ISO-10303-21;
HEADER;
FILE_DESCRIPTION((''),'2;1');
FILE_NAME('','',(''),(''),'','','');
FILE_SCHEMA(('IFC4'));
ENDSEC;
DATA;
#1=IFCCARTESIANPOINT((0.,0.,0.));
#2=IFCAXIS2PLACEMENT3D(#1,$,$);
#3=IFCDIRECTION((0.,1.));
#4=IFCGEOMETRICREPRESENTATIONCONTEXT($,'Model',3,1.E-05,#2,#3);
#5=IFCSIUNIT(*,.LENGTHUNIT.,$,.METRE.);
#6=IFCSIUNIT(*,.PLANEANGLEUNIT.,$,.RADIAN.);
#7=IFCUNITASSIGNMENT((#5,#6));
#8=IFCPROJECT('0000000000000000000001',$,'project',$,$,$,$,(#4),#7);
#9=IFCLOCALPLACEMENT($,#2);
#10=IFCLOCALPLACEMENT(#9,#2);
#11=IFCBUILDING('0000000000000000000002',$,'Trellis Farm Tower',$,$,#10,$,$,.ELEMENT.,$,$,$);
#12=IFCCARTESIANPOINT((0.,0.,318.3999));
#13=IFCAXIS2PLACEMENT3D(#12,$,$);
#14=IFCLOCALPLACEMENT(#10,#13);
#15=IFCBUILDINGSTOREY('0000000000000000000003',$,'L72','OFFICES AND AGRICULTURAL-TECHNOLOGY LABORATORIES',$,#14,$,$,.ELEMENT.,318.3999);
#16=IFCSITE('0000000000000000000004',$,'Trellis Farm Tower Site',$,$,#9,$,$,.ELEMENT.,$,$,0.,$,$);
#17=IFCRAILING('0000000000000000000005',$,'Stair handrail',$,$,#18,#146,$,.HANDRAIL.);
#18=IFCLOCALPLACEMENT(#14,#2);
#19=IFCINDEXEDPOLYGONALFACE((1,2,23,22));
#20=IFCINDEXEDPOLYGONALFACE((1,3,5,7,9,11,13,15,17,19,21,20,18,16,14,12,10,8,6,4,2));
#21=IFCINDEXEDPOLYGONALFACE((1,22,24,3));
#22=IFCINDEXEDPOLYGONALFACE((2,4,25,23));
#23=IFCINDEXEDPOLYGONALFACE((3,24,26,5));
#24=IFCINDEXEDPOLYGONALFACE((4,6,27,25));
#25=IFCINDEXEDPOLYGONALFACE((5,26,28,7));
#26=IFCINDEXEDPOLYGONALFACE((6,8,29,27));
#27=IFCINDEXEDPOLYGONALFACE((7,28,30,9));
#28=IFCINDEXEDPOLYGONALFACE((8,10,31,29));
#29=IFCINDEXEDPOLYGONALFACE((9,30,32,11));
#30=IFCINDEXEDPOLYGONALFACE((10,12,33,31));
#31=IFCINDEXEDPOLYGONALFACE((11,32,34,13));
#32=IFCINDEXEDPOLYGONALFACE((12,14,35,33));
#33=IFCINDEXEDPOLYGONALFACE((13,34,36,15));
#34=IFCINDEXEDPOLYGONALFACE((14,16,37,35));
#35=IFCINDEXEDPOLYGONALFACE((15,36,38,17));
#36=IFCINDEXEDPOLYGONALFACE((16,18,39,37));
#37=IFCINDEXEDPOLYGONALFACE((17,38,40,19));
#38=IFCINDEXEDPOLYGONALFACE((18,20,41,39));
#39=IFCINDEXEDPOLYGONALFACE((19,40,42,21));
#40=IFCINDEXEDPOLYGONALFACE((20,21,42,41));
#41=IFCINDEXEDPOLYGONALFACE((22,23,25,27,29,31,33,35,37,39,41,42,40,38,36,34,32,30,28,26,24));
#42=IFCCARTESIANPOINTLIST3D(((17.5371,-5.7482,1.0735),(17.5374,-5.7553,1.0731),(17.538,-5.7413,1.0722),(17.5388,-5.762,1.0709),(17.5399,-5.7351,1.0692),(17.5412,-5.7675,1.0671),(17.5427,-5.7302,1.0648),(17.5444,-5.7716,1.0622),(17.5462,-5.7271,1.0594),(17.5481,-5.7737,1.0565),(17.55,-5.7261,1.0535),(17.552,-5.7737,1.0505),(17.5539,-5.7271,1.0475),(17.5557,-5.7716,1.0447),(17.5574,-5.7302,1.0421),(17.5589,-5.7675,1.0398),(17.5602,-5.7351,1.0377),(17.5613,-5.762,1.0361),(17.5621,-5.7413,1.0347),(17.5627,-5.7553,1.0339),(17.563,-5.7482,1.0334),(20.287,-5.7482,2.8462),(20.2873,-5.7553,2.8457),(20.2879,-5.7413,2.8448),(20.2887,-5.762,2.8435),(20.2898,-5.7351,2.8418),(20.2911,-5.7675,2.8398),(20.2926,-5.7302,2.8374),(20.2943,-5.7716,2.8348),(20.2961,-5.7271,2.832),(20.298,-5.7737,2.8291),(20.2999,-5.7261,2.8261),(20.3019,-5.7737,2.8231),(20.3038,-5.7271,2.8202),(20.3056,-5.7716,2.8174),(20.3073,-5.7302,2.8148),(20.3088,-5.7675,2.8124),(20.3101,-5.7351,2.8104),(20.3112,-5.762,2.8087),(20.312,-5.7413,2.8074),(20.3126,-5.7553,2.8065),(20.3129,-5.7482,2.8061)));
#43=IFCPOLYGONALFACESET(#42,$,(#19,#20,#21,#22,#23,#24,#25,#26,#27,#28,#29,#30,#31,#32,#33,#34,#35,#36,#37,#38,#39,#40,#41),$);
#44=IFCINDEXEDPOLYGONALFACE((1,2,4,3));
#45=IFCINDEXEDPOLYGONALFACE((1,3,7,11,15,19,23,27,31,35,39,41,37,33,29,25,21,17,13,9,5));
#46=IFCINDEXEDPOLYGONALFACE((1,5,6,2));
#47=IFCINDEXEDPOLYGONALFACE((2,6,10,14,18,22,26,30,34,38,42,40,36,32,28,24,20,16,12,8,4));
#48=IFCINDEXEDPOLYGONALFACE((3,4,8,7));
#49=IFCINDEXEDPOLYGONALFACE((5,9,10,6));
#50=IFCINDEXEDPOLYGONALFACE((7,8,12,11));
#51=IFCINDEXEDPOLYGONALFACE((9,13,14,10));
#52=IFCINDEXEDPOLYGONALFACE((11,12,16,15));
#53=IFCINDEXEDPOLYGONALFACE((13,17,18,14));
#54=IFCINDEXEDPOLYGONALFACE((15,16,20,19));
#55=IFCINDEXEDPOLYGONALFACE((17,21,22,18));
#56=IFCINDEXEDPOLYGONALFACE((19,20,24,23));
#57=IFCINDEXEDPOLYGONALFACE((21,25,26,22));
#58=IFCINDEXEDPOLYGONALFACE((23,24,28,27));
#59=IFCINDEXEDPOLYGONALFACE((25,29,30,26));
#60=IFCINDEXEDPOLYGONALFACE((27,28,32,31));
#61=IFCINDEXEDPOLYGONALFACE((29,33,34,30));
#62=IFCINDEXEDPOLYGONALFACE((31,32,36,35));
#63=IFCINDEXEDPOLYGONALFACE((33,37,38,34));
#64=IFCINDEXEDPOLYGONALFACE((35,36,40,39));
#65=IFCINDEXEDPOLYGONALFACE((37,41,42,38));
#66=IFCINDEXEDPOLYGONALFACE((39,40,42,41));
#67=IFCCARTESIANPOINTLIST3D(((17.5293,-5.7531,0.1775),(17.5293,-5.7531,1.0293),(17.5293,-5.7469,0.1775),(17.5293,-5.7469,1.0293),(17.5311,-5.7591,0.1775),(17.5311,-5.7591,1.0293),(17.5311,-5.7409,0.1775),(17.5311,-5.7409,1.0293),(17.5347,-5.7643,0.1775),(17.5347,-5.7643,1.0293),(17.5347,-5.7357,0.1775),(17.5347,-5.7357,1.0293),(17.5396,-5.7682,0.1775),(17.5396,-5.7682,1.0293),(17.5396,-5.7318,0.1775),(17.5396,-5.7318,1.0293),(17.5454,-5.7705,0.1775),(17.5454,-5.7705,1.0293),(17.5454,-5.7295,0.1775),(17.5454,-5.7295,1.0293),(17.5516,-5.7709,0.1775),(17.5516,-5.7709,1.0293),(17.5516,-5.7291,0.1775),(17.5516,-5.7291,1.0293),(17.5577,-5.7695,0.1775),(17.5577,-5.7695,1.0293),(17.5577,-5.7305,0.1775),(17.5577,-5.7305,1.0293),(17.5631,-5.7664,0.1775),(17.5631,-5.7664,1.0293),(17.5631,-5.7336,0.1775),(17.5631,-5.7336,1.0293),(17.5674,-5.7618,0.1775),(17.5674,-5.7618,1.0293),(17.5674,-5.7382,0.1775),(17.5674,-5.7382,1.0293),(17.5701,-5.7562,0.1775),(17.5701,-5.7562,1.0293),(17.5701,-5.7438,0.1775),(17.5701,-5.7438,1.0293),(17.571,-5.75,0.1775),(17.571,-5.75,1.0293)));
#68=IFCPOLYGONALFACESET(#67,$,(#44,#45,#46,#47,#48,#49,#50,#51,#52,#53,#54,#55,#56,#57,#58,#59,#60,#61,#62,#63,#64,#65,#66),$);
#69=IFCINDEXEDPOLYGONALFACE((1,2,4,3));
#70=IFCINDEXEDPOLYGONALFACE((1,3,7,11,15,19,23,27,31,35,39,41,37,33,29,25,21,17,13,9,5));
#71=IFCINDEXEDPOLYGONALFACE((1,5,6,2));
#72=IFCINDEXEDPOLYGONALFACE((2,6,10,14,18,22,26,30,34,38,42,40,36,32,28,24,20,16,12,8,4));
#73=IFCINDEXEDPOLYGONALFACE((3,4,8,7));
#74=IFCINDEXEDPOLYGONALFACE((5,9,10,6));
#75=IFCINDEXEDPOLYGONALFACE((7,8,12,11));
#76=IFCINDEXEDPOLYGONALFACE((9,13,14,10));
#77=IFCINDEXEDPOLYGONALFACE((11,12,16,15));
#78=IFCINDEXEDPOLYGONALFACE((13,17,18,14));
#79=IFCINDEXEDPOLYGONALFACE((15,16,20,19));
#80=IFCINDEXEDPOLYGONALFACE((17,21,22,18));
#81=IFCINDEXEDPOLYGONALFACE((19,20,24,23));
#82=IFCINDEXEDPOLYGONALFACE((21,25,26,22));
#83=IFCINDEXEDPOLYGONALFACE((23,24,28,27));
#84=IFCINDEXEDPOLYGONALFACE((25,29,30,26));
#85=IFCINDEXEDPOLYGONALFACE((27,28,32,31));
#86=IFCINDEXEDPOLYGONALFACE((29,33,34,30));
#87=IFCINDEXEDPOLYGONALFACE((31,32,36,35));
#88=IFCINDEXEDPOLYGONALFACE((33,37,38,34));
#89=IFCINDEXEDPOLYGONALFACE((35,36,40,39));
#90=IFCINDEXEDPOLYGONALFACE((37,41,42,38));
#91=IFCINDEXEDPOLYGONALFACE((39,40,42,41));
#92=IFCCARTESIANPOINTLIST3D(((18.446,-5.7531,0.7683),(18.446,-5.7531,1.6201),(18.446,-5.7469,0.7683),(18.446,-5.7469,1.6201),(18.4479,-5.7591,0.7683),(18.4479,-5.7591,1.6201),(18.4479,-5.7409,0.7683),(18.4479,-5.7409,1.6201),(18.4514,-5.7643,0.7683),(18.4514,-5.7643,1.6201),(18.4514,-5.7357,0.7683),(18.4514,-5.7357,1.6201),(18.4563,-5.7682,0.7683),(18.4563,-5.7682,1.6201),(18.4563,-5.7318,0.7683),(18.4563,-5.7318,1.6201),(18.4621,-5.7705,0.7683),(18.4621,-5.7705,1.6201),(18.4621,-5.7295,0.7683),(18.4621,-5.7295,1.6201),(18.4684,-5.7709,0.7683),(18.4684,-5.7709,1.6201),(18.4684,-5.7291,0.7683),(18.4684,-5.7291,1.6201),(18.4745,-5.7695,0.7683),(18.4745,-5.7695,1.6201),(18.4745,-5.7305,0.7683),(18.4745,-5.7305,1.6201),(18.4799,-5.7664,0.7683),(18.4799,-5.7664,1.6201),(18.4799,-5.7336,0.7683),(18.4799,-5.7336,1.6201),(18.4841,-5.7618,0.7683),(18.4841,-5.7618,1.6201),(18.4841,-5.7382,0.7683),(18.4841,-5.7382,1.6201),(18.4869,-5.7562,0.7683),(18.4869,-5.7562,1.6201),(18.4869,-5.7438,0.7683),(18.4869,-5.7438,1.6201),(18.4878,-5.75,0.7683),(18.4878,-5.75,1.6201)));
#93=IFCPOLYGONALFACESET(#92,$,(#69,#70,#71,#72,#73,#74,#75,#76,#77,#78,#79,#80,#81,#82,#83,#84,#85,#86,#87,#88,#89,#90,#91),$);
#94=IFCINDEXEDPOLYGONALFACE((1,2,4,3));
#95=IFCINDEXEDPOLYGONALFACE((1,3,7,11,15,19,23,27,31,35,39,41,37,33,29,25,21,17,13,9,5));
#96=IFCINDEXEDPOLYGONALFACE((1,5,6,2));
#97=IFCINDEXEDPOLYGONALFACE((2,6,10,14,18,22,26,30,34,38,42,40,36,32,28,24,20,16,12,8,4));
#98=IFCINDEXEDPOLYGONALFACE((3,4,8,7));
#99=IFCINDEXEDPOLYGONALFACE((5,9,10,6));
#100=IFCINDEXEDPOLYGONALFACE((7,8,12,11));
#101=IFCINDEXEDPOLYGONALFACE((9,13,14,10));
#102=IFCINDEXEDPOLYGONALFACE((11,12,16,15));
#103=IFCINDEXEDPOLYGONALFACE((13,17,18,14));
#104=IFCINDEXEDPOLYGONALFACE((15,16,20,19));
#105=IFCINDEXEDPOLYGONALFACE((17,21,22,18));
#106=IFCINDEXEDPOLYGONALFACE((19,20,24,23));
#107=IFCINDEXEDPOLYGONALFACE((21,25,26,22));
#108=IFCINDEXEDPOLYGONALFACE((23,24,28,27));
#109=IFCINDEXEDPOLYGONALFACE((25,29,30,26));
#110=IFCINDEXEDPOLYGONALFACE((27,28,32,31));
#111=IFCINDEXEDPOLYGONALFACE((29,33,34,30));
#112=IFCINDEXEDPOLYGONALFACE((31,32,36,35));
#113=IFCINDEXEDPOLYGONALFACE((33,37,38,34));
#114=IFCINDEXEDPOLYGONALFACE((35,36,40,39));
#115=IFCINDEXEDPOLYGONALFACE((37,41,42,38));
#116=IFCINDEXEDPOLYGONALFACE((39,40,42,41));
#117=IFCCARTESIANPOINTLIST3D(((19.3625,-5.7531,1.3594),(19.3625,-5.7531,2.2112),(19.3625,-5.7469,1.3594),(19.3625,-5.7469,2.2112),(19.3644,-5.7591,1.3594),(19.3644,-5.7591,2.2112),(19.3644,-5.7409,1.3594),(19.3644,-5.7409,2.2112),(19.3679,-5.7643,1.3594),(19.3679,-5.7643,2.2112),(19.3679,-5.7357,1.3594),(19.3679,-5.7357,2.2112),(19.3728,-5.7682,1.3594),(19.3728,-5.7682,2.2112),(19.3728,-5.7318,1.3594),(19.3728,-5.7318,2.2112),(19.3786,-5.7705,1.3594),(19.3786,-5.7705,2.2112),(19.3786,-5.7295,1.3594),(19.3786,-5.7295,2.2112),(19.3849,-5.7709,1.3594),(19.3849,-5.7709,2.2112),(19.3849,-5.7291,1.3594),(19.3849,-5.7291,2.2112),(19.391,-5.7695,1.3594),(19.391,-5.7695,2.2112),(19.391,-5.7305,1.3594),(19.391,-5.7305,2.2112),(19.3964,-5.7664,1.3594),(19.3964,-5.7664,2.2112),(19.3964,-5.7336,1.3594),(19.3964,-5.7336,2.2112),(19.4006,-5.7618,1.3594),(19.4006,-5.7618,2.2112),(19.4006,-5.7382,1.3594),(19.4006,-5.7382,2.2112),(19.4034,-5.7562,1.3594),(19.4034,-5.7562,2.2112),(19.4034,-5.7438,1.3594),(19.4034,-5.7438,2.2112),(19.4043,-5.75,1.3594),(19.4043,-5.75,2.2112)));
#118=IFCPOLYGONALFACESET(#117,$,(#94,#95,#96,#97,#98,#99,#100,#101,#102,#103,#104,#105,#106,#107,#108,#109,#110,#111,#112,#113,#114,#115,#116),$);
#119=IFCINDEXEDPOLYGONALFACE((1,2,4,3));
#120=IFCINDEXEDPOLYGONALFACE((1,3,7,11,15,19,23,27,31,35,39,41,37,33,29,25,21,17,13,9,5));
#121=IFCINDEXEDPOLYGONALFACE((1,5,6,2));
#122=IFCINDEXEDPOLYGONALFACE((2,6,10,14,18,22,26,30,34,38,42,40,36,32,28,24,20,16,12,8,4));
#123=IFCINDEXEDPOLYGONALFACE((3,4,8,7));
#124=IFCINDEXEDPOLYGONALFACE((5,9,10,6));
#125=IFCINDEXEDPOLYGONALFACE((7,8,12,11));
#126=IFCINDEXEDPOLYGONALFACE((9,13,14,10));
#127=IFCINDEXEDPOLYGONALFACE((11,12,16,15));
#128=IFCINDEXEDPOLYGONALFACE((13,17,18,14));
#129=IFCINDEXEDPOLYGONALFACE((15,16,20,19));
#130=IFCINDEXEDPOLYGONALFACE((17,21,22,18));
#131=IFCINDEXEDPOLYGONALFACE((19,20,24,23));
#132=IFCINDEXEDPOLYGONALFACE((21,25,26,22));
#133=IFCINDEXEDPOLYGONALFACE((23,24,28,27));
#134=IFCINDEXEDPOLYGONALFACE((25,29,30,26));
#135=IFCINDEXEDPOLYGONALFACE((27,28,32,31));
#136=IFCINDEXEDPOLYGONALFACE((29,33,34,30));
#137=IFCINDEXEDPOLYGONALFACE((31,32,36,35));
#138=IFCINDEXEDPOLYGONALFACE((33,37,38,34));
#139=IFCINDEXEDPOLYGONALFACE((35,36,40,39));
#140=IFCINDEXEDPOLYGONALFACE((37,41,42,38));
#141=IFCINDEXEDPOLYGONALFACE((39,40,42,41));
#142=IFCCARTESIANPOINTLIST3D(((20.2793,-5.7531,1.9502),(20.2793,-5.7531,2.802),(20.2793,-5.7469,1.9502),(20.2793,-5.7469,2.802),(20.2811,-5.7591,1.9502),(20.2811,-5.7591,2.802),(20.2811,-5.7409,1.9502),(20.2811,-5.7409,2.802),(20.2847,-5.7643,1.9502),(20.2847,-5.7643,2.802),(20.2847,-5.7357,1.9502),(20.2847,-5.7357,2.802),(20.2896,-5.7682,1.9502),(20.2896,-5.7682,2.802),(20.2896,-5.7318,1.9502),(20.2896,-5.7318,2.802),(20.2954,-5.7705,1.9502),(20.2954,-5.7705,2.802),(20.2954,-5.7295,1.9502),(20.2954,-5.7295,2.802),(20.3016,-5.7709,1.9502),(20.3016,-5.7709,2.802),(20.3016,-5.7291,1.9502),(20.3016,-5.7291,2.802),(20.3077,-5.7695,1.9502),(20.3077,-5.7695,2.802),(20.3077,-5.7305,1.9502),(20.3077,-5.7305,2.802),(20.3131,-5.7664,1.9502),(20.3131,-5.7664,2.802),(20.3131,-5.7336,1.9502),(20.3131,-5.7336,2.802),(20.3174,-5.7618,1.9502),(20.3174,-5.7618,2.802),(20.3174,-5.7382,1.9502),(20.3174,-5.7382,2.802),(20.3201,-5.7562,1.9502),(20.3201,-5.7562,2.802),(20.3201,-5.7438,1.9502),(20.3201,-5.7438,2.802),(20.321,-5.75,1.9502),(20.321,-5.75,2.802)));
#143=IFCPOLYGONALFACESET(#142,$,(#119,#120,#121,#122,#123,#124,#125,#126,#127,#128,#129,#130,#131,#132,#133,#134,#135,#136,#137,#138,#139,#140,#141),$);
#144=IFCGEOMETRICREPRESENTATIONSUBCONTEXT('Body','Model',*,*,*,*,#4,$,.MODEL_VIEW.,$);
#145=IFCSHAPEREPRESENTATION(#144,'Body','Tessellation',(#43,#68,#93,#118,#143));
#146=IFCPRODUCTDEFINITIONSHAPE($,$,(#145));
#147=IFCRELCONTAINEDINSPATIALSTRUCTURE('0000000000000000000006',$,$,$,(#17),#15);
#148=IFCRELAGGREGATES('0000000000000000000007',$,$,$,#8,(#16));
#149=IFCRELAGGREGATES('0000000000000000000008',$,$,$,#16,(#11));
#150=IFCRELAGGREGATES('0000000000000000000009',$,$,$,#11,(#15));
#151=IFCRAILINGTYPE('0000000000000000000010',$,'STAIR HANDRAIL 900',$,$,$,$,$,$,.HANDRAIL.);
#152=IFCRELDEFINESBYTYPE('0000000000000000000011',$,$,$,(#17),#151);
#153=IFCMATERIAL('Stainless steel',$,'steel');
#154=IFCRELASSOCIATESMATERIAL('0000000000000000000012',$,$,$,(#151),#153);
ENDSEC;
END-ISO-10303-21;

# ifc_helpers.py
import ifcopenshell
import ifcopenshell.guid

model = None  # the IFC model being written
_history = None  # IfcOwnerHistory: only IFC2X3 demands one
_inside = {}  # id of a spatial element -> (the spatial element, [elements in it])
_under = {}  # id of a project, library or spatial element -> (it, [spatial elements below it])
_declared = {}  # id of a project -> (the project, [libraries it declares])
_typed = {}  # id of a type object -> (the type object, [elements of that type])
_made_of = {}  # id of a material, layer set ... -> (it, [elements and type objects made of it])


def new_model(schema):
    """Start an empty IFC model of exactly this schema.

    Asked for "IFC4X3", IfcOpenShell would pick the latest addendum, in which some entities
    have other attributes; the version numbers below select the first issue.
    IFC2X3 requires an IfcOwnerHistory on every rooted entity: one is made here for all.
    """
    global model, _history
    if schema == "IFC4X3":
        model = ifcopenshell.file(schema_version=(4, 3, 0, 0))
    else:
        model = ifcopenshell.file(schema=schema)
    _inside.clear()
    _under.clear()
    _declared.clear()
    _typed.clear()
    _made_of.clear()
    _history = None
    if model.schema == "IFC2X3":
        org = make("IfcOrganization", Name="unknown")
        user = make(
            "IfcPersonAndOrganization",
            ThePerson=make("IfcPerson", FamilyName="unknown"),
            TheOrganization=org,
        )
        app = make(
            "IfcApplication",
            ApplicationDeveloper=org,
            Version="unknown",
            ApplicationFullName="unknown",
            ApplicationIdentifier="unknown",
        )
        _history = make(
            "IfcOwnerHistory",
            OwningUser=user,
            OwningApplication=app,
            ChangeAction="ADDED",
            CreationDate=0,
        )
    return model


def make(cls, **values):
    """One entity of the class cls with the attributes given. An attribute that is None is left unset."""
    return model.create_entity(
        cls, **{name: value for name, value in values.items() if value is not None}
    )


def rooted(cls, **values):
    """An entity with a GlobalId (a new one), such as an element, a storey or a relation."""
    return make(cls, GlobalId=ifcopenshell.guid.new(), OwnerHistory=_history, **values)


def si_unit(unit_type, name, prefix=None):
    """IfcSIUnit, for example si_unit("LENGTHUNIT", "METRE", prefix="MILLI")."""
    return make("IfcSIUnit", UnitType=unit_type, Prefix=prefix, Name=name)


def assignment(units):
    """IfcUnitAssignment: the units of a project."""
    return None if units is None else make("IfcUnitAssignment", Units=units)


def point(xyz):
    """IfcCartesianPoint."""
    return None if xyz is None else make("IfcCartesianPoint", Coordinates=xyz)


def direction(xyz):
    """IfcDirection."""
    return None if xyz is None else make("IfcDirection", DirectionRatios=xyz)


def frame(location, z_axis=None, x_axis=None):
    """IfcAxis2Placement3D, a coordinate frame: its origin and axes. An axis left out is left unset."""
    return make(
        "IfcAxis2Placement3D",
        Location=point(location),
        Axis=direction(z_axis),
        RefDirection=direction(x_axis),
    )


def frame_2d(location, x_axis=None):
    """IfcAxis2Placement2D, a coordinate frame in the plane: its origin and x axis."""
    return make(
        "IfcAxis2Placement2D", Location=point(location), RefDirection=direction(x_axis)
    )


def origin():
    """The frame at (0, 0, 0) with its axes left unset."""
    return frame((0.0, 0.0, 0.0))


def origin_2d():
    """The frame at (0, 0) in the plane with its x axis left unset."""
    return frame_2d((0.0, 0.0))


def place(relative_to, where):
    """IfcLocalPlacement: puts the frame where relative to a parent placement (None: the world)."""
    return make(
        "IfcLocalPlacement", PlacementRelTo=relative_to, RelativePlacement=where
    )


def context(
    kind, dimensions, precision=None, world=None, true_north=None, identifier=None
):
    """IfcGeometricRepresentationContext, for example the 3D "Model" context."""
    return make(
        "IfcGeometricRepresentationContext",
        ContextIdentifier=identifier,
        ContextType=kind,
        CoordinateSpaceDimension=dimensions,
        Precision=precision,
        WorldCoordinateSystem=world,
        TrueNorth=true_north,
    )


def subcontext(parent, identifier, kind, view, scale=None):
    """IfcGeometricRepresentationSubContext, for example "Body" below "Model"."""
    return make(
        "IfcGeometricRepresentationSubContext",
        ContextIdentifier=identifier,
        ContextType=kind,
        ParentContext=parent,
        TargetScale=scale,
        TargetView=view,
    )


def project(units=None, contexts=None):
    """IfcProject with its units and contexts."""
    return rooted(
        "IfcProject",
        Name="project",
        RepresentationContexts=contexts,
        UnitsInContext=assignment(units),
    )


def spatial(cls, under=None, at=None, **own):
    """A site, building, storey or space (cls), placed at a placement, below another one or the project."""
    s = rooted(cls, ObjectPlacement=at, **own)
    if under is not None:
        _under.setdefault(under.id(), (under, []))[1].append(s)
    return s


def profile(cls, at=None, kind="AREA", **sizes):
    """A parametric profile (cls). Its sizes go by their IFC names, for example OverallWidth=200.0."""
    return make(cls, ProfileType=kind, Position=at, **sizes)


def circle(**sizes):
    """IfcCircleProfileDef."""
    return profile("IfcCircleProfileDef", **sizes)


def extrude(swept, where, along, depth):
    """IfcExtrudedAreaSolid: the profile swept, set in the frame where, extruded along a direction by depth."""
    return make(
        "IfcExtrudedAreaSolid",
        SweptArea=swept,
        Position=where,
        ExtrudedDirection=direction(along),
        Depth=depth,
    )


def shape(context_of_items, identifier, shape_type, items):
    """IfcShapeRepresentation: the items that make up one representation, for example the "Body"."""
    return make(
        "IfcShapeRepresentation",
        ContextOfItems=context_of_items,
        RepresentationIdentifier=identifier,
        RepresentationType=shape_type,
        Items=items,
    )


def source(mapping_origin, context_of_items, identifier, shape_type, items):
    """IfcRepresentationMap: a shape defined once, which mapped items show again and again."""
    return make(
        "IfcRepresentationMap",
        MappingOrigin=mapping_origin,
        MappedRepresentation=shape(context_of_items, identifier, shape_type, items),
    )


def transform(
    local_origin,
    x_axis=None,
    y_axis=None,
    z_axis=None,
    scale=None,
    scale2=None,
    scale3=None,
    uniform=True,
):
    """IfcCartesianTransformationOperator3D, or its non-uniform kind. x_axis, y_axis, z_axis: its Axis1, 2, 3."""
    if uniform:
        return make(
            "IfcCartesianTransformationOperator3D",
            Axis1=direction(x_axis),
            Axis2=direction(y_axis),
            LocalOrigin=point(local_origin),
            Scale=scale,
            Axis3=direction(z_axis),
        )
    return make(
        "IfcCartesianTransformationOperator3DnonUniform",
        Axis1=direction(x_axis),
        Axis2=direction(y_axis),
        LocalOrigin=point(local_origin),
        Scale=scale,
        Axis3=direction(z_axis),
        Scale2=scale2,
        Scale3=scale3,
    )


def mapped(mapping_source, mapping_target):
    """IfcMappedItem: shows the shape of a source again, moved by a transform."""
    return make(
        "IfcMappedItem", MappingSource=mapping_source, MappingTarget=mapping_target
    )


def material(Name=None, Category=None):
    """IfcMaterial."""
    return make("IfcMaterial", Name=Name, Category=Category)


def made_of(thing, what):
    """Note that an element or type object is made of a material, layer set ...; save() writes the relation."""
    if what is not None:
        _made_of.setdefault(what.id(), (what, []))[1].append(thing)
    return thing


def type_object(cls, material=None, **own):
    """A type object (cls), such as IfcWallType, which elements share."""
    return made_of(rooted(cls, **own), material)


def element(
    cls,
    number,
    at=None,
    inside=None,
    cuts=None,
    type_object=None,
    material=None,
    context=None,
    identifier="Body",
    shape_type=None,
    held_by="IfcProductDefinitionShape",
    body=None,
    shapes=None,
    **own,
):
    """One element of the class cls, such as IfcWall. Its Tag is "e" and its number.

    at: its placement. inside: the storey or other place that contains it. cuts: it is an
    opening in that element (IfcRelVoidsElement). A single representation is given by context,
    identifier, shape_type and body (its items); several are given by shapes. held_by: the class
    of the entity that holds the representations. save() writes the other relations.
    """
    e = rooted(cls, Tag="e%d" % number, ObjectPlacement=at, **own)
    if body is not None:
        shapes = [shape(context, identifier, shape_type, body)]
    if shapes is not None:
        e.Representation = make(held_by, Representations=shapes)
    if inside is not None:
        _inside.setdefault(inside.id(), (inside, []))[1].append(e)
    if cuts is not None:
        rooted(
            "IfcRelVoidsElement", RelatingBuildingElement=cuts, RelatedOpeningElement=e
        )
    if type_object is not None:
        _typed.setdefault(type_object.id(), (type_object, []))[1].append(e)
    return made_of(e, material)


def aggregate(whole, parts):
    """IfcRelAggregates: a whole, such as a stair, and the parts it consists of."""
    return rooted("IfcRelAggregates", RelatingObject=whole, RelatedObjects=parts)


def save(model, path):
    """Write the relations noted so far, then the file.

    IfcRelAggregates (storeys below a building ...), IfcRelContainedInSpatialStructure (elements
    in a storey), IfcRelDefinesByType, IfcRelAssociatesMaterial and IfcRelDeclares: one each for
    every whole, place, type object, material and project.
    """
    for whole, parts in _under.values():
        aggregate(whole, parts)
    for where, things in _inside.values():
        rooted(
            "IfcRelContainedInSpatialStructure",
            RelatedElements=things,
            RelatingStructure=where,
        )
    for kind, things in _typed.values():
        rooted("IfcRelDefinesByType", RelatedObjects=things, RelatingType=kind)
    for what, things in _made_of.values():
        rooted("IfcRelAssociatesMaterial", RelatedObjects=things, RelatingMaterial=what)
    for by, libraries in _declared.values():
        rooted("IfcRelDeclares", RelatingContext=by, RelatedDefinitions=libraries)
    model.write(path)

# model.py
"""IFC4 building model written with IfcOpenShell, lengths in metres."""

from ifc_helpers import new_model, si_unit, direction, frame, origin, origin_2d, place, context, subcontext, project, spatial, circle, extrude, source, transform, mapped, material, type_object, element, save


model = new_model("IFC4")

# Units and contexts
model_context = context("Model", 3, precision=1e-05, world=origin(), true_north=direction((0.0, 1.0)))
body_context = subcontext(model_context, "Body", "Model", "MODEL_VIEW")
ifc_project = project(units=[si_unit("LENGTHUNIT", "METRE"), si_unit("PLANEANGLEUNIT", "RADIAN")], contexts=[model_context])

# Site, building, storey
site_placement = place(None, origin())
site = spatial("IfcSite", under=ifc_project, at=site_placement, Name="Trellis Farm Tower Site", CompositionType="ELEMENT", RefElevation=0.0)
building_placement = place(site_placement, origin())
building = spatial("IfcBuilding", under=site, at=building_placement, Name="Trellis Farm Tower", CompositionType="ELEMENT")
storey_placement = place(building_placement, frame((0.0, 0.0, 318.3999)))
storey = spatial("IfcBuildingStorey", under=building, at=storey_placement, Name="L72", Description="OFFICES AND AGRICULTURAL-TECHNOLOGY LABORATORIES", CompositionType="ELEMENT", Elevation=318.3999)

# Railing
ifc_material_1 = material(Name="Stainless steel", Category="steel")
railing_type = type_object("IfcRailingType", Name="STAIR HANDRAIL 900", PredefinedType="HANDRAIL", material=ifc_material_1)
shared_shape_1 = source(origin(), body_context, "Body", "SweptSolid", [
    extrude(circle(Radius=0.0239, at=origin_2d()), frame((0.0, 0.0, 0.876), z_axis=(0.840504, 0.0, 0.541806), x_axis=(0.0, 1.0, 0.0)), (0.0, 0.0, 1.0), 3.2717),
    extrude(circle(Radius=0.021, at=origin_2d()), origin(), (0.0, 0.0, 1.0), 0.8518),
    extrude(circle(Radius=0.021, at=origin_2d()), frame((0.9167, 0.0, 0.5908)), (0.0, 0.0, 1.0), 0.8518),
    extrude(circle(Radius=0.021, at=origin_2d()), frame((1.8333, 0.0, 1.1819)), (0.0, 0.0, 1.0), 0.8518),
    extrude(circle(Radius=0.021, at=origin_2d()), frame((2.75, 0.0, 1.7727)), (0.0, 0.0, 1.0), 0.8518),
])
railing_placement = place(storey_placement, frame((17.55, -5.75, 0.1775)))
element("IfcRailing", 1, at=railing_placement, inside=storey, type_object=railing_type, Name="Stair handrail", PredefinedType="HANDRAIL", context=body_context, shape_type="MappedRepresentation", body=[
    mapped(shared_shape_1, transform((0.0, 0.0, 0.0))),
])

save(model, "model.ifc")
